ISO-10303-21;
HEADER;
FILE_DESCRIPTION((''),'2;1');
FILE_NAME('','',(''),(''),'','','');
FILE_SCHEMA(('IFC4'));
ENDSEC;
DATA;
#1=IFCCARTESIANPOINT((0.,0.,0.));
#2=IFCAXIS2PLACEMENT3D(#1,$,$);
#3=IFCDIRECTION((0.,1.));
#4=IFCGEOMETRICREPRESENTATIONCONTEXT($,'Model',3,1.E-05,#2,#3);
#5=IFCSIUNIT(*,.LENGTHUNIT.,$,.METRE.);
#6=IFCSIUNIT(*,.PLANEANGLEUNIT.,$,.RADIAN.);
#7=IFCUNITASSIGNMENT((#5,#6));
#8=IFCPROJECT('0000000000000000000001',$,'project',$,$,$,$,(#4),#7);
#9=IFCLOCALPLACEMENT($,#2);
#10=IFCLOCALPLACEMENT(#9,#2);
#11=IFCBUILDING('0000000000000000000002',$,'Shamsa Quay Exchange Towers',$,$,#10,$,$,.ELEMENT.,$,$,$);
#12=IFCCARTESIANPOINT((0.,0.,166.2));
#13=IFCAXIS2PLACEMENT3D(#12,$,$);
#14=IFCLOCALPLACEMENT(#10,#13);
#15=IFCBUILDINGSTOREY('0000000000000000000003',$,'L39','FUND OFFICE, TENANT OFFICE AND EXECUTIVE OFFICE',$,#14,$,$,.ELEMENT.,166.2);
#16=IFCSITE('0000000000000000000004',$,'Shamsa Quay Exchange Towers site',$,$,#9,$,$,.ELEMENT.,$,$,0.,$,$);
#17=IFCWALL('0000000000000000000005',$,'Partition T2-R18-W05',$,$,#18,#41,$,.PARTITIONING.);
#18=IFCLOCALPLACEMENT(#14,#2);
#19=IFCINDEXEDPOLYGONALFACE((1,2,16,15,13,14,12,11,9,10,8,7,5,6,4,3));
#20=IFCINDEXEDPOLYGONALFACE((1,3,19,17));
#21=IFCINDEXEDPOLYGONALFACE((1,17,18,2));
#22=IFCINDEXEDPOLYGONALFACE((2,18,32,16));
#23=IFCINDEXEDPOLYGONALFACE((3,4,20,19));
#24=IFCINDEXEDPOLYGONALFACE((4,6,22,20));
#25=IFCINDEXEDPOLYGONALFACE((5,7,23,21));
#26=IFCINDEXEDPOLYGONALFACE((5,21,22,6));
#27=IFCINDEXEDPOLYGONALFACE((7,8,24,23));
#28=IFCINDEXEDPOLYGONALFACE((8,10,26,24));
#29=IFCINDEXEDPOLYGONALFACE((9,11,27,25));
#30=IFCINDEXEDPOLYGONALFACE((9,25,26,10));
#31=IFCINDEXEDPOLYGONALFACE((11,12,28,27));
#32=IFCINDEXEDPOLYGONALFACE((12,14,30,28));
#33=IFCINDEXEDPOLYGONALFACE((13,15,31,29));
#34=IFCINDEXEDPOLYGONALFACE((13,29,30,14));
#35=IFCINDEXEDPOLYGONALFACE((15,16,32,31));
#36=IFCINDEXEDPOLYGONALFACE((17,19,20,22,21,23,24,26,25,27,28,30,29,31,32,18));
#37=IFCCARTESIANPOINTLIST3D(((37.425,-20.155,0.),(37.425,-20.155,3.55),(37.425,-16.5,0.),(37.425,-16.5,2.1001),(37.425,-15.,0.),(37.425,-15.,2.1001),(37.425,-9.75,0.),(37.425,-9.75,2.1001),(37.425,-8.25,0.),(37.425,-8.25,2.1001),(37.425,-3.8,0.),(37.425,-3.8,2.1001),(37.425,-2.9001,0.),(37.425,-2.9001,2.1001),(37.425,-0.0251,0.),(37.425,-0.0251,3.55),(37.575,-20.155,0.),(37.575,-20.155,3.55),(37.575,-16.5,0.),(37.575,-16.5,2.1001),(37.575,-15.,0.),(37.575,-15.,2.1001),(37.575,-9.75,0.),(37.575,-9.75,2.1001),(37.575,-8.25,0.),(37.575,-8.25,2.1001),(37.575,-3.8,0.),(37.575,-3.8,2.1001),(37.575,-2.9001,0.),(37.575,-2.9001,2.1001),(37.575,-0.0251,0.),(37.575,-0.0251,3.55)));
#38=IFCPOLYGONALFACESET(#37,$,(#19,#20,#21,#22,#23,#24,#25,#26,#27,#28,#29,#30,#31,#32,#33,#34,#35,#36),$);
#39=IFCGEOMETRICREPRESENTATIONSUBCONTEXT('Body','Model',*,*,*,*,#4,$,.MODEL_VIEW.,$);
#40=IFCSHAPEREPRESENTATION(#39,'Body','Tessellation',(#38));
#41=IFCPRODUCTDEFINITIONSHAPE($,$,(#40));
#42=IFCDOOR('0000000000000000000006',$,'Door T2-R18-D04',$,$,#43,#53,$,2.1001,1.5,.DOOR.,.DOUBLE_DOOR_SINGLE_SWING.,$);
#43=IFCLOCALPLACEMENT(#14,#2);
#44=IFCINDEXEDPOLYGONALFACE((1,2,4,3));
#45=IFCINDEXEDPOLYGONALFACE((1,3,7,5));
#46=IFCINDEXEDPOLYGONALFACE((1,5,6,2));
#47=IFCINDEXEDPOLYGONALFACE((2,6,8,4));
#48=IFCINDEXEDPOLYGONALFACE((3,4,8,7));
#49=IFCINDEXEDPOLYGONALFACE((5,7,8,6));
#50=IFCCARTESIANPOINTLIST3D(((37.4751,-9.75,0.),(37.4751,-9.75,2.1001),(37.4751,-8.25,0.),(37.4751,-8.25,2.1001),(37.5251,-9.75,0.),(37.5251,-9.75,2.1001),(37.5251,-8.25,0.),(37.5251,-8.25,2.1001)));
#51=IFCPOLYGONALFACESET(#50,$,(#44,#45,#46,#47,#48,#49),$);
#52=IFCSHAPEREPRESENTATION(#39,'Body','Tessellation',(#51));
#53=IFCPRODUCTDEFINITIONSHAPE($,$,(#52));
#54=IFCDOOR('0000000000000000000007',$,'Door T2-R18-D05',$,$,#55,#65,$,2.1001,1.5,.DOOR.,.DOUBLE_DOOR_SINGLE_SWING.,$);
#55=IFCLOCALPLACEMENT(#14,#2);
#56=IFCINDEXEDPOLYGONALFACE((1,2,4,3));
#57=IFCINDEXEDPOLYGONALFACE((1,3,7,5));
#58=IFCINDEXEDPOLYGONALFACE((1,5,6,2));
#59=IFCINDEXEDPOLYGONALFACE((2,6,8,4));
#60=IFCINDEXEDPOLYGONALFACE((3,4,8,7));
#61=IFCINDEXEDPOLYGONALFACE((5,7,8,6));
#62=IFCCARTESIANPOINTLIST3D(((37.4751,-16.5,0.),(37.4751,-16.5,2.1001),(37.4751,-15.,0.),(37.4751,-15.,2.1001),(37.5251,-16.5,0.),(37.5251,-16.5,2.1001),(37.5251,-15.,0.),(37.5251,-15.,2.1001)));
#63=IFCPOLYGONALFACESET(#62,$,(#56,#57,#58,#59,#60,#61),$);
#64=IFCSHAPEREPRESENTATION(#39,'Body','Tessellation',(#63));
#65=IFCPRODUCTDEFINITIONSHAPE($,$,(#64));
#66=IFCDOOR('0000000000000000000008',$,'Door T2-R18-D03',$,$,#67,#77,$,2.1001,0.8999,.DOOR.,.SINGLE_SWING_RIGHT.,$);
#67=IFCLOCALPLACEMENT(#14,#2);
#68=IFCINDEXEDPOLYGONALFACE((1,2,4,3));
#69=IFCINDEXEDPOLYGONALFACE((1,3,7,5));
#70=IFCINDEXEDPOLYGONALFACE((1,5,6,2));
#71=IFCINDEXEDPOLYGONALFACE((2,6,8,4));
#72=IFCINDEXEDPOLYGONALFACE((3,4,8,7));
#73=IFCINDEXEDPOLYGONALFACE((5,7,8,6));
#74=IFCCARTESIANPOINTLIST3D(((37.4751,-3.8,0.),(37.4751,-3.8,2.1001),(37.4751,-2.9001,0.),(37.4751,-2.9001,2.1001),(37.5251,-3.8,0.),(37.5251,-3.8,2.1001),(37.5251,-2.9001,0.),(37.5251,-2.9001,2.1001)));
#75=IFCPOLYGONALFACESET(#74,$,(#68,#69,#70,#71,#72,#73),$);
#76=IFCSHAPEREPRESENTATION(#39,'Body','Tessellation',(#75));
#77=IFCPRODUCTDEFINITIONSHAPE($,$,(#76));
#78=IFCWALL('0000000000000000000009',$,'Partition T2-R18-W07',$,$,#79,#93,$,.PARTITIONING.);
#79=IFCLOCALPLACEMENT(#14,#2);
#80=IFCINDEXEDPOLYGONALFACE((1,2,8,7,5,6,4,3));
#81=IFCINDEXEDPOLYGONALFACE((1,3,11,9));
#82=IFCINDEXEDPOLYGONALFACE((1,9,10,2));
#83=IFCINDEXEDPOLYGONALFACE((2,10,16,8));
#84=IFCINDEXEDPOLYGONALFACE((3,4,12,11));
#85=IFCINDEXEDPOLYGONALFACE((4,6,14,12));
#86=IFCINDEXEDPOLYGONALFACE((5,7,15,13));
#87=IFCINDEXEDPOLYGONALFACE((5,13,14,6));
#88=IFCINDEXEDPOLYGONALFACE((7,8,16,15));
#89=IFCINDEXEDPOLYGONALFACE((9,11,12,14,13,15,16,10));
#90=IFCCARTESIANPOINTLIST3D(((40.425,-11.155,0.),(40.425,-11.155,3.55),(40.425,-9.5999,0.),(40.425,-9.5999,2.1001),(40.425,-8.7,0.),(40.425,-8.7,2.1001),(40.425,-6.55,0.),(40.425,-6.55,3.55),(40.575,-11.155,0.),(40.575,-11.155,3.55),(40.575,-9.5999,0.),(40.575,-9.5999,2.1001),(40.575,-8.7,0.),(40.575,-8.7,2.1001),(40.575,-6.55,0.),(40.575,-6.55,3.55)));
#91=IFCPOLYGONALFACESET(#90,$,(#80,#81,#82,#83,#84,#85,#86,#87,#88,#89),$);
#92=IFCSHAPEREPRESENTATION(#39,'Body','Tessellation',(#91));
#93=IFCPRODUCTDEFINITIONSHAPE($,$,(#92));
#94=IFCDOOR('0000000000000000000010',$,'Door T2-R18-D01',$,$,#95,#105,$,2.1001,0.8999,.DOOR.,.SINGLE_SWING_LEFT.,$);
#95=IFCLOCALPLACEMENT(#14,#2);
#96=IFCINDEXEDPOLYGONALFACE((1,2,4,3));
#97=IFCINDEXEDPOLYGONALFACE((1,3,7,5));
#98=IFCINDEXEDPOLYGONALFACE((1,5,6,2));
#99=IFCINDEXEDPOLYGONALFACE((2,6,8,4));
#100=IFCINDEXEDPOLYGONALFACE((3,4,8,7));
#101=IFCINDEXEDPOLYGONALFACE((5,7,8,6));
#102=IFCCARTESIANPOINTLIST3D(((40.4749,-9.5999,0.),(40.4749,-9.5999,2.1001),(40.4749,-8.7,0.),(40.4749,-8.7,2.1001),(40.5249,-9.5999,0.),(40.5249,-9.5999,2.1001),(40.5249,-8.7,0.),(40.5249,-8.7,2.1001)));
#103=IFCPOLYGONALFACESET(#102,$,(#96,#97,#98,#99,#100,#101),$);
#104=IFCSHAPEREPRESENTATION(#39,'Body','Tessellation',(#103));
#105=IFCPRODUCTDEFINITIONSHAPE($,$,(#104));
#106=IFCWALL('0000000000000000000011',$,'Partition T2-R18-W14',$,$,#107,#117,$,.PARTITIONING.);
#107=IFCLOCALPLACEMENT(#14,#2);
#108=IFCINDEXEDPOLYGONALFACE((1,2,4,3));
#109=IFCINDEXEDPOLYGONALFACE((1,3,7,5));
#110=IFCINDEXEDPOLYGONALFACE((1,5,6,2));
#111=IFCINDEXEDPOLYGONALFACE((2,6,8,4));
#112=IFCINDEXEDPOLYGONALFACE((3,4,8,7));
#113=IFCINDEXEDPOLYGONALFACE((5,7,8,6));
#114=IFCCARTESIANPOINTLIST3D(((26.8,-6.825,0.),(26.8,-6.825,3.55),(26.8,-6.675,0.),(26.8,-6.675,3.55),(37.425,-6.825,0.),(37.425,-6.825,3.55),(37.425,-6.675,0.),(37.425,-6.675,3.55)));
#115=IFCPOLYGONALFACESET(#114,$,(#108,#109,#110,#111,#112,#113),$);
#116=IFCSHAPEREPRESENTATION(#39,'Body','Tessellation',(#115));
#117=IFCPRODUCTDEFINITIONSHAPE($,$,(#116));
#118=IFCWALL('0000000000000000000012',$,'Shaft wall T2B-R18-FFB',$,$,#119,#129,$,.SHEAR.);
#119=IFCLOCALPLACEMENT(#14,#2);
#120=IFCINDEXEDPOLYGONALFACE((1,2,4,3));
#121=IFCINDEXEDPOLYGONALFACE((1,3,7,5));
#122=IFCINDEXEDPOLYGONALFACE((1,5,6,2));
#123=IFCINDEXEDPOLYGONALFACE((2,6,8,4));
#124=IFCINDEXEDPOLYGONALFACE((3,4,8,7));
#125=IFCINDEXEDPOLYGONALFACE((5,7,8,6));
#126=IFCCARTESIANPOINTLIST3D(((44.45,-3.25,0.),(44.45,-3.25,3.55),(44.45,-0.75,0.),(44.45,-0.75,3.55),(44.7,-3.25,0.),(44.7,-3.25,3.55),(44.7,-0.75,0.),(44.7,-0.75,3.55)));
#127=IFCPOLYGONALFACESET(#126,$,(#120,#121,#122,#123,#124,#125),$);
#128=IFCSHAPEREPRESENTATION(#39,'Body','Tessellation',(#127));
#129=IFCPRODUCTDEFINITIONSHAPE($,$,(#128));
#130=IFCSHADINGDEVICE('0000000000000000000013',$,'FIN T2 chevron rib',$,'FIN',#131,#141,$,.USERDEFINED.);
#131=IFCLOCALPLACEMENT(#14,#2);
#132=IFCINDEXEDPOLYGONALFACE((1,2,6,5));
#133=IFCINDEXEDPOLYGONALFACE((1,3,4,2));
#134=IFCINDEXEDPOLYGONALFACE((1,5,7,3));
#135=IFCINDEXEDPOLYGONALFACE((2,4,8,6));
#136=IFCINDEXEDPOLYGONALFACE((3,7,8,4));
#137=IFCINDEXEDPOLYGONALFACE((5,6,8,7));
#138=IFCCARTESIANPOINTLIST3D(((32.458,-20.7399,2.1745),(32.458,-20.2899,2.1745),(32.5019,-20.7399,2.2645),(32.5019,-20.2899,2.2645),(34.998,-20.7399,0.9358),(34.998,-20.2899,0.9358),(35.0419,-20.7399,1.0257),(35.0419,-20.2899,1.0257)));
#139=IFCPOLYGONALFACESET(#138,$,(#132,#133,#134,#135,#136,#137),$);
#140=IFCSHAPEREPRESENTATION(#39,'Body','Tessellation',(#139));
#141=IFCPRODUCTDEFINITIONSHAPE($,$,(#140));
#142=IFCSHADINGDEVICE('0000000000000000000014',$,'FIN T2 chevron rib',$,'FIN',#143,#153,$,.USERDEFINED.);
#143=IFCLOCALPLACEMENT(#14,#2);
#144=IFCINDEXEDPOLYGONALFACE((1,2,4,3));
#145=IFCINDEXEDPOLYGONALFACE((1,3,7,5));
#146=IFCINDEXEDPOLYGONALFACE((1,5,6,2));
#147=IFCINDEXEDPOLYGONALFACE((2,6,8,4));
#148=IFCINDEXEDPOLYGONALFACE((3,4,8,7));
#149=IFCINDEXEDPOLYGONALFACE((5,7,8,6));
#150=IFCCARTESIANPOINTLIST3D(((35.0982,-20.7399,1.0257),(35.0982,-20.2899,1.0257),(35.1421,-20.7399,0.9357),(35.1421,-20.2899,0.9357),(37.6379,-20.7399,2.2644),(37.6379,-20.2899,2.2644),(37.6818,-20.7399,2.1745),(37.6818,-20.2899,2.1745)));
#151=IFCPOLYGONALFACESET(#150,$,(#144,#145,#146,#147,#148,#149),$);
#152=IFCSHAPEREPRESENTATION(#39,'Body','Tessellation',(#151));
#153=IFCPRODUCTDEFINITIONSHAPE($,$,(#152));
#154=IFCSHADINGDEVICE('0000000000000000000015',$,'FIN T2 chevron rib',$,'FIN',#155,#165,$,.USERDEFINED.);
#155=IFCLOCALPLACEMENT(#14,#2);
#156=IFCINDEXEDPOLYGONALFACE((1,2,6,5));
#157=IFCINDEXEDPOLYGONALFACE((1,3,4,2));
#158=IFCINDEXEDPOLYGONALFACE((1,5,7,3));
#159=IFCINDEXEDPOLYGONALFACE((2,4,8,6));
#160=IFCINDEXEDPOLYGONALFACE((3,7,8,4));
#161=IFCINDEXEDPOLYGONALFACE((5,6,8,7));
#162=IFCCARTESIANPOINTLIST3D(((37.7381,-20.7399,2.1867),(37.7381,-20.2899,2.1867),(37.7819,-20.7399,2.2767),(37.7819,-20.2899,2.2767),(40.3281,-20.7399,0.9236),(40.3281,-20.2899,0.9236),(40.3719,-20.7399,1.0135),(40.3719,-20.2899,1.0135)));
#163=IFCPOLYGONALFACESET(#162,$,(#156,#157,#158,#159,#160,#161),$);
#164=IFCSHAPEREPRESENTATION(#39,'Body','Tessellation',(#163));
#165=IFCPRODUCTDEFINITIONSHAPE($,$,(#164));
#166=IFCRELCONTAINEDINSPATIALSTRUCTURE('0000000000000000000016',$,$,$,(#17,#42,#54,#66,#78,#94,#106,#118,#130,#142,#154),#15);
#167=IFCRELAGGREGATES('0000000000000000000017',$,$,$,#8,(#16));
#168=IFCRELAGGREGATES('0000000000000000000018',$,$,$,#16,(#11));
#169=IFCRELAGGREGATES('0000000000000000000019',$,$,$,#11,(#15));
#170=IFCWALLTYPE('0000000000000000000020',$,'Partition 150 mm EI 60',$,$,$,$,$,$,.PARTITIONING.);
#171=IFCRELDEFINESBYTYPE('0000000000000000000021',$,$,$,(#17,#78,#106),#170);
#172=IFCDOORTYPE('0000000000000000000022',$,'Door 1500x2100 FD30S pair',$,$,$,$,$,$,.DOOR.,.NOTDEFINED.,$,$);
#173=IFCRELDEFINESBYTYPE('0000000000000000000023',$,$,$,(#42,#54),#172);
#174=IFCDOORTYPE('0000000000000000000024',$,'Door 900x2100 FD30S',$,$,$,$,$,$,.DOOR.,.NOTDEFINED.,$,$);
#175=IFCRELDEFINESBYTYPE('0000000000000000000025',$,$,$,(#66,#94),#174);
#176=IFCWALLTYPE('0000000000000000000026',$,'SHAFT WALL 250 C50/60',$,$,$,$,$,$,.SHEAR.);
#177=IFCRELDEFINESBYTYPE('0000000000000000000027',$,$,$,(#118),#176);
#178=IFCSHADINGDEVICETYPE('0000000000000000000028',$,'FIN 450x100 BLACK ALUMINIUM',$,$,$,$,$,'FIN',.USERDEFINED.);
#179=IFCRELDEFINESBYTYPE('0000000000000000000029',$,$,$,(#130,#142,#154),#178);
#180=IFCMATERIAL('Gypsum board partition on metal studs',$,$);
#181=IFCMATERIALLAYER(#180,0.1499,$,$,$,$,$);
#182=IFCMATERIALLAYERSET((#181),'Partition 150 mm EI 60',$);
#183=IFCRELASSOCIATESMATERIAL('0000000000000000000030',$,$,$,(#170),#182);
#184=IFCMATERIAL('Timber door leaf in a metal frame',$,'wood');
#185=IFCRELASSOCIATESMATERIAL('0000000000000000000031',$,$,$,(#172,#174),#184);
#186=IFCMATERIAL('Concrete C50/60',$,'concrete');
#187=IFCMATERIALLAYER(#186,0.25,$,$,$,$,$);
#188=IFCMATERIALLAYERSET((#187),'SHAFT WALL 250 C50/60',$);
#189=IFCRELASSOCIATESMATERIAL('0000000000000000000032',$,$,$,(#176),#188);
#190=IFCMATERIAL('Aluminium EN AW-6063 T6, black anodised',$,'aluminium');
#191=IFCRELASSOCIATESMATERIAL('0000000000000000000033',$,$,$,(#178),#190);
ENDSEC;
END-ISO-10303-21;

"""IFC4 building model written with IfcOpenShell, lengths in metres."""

from ifc_helpers import new_model, si_unit, direction, frame, frame_2d, origin, origin_2d, place, context, subcontext, project, spatial, rectangle, extrude, material, layer, layer_set, material_profile, profile_set, type_object, element, fill, save


model = new_model("IFC4")

# Units and contexts
model_context = context("Model", 3, precision=1e-05, world=origin(), true_north=direction((0.0, 1.0)))
body_context = subcontext(model_context, "Body", "Model", "MODEL_VIEW")
ifc_project = project(units=[si_unit("LENGTHUNIT", "METRE"), si_unit("PLANEANGLEUNIT", "RADIAN")], contexts=[model_context])

# Site, building, storey
site_placement = place(None, origin())
site = spatial("IfcSite", under=ifc_project, at=site_placement, Name="Shamsa Quay Exchange Towers site", CompositionType="ELEMENT", RefElevation=0.0)
building_placement = place(site_placement, origin())
building = spatial("IfcBuilding", under=site, at=building_placement, Name="Shamsa Quay Exchange Towers", CompositionType="ELEMENT")
storey_placement = place(building_placement, frame((0.0, 0.0, 166.2)))
storey = spatial("IfcBuildingStorey", under=building, at=storey_placement, Name="L39", Description="FUND OFFICE, TENANT OFFICE AND EXECUTIVE OFFICE", CompositionType="ELEMENT", Elevation=166.2)

# Shared definitions
ifc_material_1 = material(Name="Aluminium EN AW-6063 T6, black anodised", Category="aluminium")

# Wall, openings, doors
ifc_material_2 = material(Name="Gypsum board partition on metal studs")
ifc_layer_1 = layer(ifc_material_2, 0.1499)
ifc_layer_set_1 = layer_set([ifc_layer_1], Name="Partition 150 mm EI 60")
wall_type_1 = type_object("IfcWallType", Name="Partition 150 mm EI 60", PredefinedType="PARTITIONING", material=ifc_layer_set_1)
wall_1_placement = place(storey_placement, frame((37.5, -20.155, 0.0), z_axis=(0.0, 0.0, 1.0), x_axis=(0.0, 1.0, 0.0)))
wall_1 = element("IfcWall", 1, at=wall_1_placement, inside=storey, type_object=wall_type_1, Name="Partition T2-R18-W05", PredefinedType="PARTITIONING", context=body_context, shape_type="SweptSolid", body=[
    extrude(rectangle(XDim=20.1299, YDim=0.1499, at=frame_2d((10.0649, 0.0))), origin(), (0.0, 0.0, 1.0), 3.55),
])
opening_1_placement = place(wall_1_placement, frame((16.355, 0.0, 0.0)))
opening_1 = element("IfcOpeningElement", 2, at=opening_1_placement, cuts=wall_1, PredefinedType="OPENING", context=body_context, shape_type="SweptSolid", body=[
    extrude(rectangle(XDim=0.8999, YDim=2.1001, at=frame_2d((0.45, 1.05))), frame((0.0, 0.085, 0.0), z_axis=(0.0, -1.0, 0.0), x_axis=(1.0, 0.0, 0.0)), (0.0, 0.0, 1.0), 0.1699),
])
opening_2_placement = place(wall_1_placement, frame((10.405, 0.0, 0.0)))
opening_2 = element("IfcOpeningElement", 3, at=opening_2_placement, cuts=wall_1, PredefinedType="OPENING", context=body_context, shape_type="SweptSolid", body=[
    extrude(rectangle(XDim=1.5, YDim=2.1001, at=frame_2d((0.75, 1.05))), frame((0.0, 0.085, 0.0), z_axis=(0.0, -1.0, 0.0), x_axis=(1.0, 0.0, 0.0)), (0.0, 0.0, 1.0), 0.1699),
])
opening_3_placement = place(wall_1_placement, frame((3.655, 0.0, 0.0)))
opening_3 = element("IfcOpeningElement", 4, at=opening_3_placement, cuts=wall_1, PredefinedType="OPENING", context=body_context, shape_type="SweptSolid", body=[
    extrude(rectangle(XDim=1.5, YDim=2.1001, at=frame_2d((0.75, 1.05))), frame((0.0, 0.085, 0.0), z_axis=(0.0, -1.0, 0.0), x_axis=(1.0, 0.0, 0.0)), (0.0, 0.0, 1.0), 0.1699),
])
ifc_material_3 = material(Name="Timber door leaf in a metal frame", Category="wood")
door_type_1 = type_object("IfcDoorType", Name="Door 1500x2100 FD30S pair", OperationType="NOTDEFINED", PredefinedType="DOOR", material=ifc_material_3)
door_1_placement = place(opening_2_placement, origin())
door_1 = element("IfcDoor", 5, at=door_1_placement, inside=storey, type_object=door_type_1, Name="Door T2-R18-D04", OperationType="DOUBLE_DOOR_SINGLE_SWING", OverallHeight=2.1001, OverallWidth=1.5, PredefinedType="DOOR", context=body_context, shape_type="SweptSolid", body=[
    extrude(rectangle(XDim=1.5, YDim=2.1001, at=frame_2d((0.75, 1.05))), frame((0.0, 0.0249, 0.0), z_axis=(0.0, -1.0, 0.0), x_axis=(1.0, 0.0, 0.0)), (0.0, 0.0, 1.0), 0.05),
])
fill(opening_2, door_1)
door_2_placement = place(opening_3_placement, origin())
door_2 = element("IfcDoor", 6, at=door_2_placement, inside=storey, type_object=door_type_1, Name="Door T2-R18-D05", OperationType="DOUBLE_DOOR_SINGLE_SWING", OverallHeight=2.1001, OverallWidth=1.5, PredefinedType="DOOR", context=body_context, shape_type="SweptSolid", body=[
    extrude(rectangle(XDim=1.5, YDim=2.1001, at=frame_2d((0.75, 1.05))), frame((0.0, 0.0249, 0.0), z_axis=(0.0, -1.0, 0.0), x_axis=(1.0, 0.0, 0.0)), (0.0, 0.0, 1.0), 0.05),
])
fill(opening_3, door_2)
door_type_2 = type_object("IfcDoorType", Name="Door 900x2100 FD30S", OperationType="NOTDEFINED", PredefinedType="DOOR", material=ifc_material_3)
door_3_placement = place(opening_1_placement, origin())
door_3 = element("IfcDoor", 7, at=door_3_placement, inside=storey, type_object=door_type_2, Name="Door T2-R18-D03", OperationType="SINGLE_SWING_RIGHT", OverallHeight=2.1001, OverallWidth=0.8999, PredefinedType="DOOR", context=body_context, shape_type="SweptSolid", body=[
    extrude(rectangle(XDim=0.8999, YDim=2.1001, at=frame_2d((0.45, 1.05))), frame((0.0, 0.0249, 0.0), z_axis=(0.0, -1.0, 0.0), x_axis=(1.0, 0.0, 0.0)), (0.0, 0.0, 1.0), 0.05),
])
fill(opening_1, door_3)

# Wall, opening, door
wall_2_placement = place(storey_placement, frame((40.5, -6.55, 0.0), z_axis=(0.0, 0.0, 1.0), x_axis=(0.0, -1.0, 0.0)))
wall_2 = element("IfcWall", 8, at=wall_2_placement, inside=storey, type_object=wall_type_1, Name="Partition T2-R18-W07", PredefinedType="PARTITIONING", context=body_context, shape_type="SweptSolid", body=[
    extrude(rectangle(XDim=4.605, YDim=0.1499, at=frame_2d((2.3025, 0.0))), origin(), (0.0, 0.0, 1.0), 3.55),
])
opening_4_placement = place(wall_2_placement, frame((2.1499, 0.0, 0.0)))
opening_4 = element("IfcOpeningElement", 9, at=opening_4_placement, cuts=wall_2, PredefinedType="OPENING", context=body_context, shape_type="SweptSolid", body=[
    extrude(rectangle(XDim=0.8999, YDim=2.1001, at=frame_2d((0.45, 1.05))), frame((0.0, 0.085, 0.0), z_axis=(0.0, -1.0, 0.0), x_axis=(1.0, 0.0, 0.0)), (0.0, 0.0, 1.0), 0.1699),
])
door_4_placement = place(opening_4_placement, origin())
door_4 = element("IfcDoor", 10, at=door_4_placement, inside=storey, type_object=door_type_2, Name="Door T2-R18-D01", OperationType="SINGLE_SWING_LEFT", OverallHeight=2.1001, OverallWidth=0.8999, PredefinedType="DOOR", context=body_context, shape_type="SweptSolid", body=[
    extrude(rectangle(XDim=0.8999, YDim=2.1001, at=frame_2d((0.45, 1.05))), frame((0.0, 0.0249, 0.0), z_axis=(0.0, -1.0, 0.0), x_axis=(1.0, 0.0, 0.0)), (0.0, 0.0, 1.0), 0.05),
])
fill(opening_4, door_4)

# Walls
wall_3_placement = place(storey_placement, frame((37.425, -6.75, 0.0), z_axis=(0.0, 0.0, 1.0), x_axis=(-1.0, 0.0, 0.0)))
element("IfcWall", 11, at=wall_3_placement, inside=storey, type_object=wall_type_1, Name="Partition T2-R18-W14", PredefinedType="PARTITIONING", context=body_context, shape_type="SweptSolid", body=[
    extrude(rectangle(XDim=10.625, YDim=0.1499, at=frame_2d((5.3125, 0.0))), origin(), (0.0, 0.0, 1.0), 3.55),
])
ifc_material_4 = material(Name="Concrete C50/60", Category="concrete")
ifc_layer_2 = layer(ifc_material_4, 0.25)
ifc_layer_set_2 = layer_set([ifc_layer_2], Name="SHAFT WALL 250 C50/60")
wall_type_2 = type_object("IfcWallType", Name="SHAFT WALL 250 C50/60", PredefinedType="SHEAR", material=ifc_layer_set_2)
wall_4_placement = place(storey_placement, frame((44.575, -3.25, 0.0), z_axis=(0.0, 0.0, 1.0), x_axis=(0.0, 1.0, 0.0)))
element("IfcWall", 12, at=wall_4_placement, inside=storey, type_object=wall_type_2, Name="Shaft wall T2B-R18-FFB", PredefinedType="SHEAR", context=body_context, shape_type="SweptSolid", body=[
    extrude(rectangle(XDim=2.5, YDim=0.25, at=frame_2d((1.25, 0.0))), origin(), (0.0, 0.0, 1.0), 3.55),
])

# Shading devices
ifc_material_profile_1 = material_profile(ifc_material_1, rectangle(XDim=0.45, YDim=0.1001, at=origin_2d()), Name="FIN450x100")
ifc_profile_set_1 = profile_set([ifc_material_profile_1], Name="Aluminium EN AW-6063 T6, black anodised")
shading_device_type = type_object("IfcShadingDeviceType", Name="FIN 450x100 BLACK ALUMINIUM", ElementType="FIN", PredefinedType="USERDEFINED", material=ifc_profile_set_1)
shading_device_1_placement = place(storey_placement, frame((32.48, -20.5149, 2.2195), z_axis=(0.898807, 0.0, -0.438345), x_axis=(0.0, 1.0, 0.0)))
element("IfcShadingDevice", 13, at=shading_device_1_placement, inside=storey, type_object=shading_device_type, Name="FIN T2 chevron rib", ObjectType="FIN", PredefinedType="USERDEFINED", context=body_context, shape_type="SweptSolid", body=[
    extrude(rectangle(XDim=0.45, YDim=0.1001, at=origin_2d()), origin(), (0.0, 0.0, 1.0), 2.8259),
])
shading_device_2_placement = place(storey_placement, frame((35.1201, -20.5149, 0.9807), z_axis=(0.89879, 0.0, 0.438379), x_axis=(0.0, 1.0, 0.0)))
element("IfcShadingDevice", 14, at=shading_device_2_placement, inside=storey, type_object=shading_device_type, Name="FIN T2 chevron rib", ObjectType="FIN", PredefinedType="USERDEFINED", context=body_context, shape_type="SweptSolid", body=[
    extrude(rectangle(XDim=0.45, YDim=0.1001, at=origin_2d()), origin(), (0.0, 0.0, 1.0), 2.8257),
])
shading_device_3_placement = place(storey_placement, frame((37.76, -20.5149, 2.2317), z_axis=(0.898806, 0.0, -0.438347), x_axis=(0.0, 1.0, 0.0)))
element("IfcShadingDevice", 15, at=shading_device_3_placement, inside=storey, type_object=shading_device_type, Name="FIN T2 chevron rib", ObjectType="FIN", PredefinedType="USERDEFINED", context=body_context, shape_type="SweptSolid", body=[
    extrude(rectangle(XDim=0.45, YDim=0.1001, at=origin_2d()), origin(), (0.0, 0.0, 1.0), 2.8816),
])

save(model, "model.ifc")
